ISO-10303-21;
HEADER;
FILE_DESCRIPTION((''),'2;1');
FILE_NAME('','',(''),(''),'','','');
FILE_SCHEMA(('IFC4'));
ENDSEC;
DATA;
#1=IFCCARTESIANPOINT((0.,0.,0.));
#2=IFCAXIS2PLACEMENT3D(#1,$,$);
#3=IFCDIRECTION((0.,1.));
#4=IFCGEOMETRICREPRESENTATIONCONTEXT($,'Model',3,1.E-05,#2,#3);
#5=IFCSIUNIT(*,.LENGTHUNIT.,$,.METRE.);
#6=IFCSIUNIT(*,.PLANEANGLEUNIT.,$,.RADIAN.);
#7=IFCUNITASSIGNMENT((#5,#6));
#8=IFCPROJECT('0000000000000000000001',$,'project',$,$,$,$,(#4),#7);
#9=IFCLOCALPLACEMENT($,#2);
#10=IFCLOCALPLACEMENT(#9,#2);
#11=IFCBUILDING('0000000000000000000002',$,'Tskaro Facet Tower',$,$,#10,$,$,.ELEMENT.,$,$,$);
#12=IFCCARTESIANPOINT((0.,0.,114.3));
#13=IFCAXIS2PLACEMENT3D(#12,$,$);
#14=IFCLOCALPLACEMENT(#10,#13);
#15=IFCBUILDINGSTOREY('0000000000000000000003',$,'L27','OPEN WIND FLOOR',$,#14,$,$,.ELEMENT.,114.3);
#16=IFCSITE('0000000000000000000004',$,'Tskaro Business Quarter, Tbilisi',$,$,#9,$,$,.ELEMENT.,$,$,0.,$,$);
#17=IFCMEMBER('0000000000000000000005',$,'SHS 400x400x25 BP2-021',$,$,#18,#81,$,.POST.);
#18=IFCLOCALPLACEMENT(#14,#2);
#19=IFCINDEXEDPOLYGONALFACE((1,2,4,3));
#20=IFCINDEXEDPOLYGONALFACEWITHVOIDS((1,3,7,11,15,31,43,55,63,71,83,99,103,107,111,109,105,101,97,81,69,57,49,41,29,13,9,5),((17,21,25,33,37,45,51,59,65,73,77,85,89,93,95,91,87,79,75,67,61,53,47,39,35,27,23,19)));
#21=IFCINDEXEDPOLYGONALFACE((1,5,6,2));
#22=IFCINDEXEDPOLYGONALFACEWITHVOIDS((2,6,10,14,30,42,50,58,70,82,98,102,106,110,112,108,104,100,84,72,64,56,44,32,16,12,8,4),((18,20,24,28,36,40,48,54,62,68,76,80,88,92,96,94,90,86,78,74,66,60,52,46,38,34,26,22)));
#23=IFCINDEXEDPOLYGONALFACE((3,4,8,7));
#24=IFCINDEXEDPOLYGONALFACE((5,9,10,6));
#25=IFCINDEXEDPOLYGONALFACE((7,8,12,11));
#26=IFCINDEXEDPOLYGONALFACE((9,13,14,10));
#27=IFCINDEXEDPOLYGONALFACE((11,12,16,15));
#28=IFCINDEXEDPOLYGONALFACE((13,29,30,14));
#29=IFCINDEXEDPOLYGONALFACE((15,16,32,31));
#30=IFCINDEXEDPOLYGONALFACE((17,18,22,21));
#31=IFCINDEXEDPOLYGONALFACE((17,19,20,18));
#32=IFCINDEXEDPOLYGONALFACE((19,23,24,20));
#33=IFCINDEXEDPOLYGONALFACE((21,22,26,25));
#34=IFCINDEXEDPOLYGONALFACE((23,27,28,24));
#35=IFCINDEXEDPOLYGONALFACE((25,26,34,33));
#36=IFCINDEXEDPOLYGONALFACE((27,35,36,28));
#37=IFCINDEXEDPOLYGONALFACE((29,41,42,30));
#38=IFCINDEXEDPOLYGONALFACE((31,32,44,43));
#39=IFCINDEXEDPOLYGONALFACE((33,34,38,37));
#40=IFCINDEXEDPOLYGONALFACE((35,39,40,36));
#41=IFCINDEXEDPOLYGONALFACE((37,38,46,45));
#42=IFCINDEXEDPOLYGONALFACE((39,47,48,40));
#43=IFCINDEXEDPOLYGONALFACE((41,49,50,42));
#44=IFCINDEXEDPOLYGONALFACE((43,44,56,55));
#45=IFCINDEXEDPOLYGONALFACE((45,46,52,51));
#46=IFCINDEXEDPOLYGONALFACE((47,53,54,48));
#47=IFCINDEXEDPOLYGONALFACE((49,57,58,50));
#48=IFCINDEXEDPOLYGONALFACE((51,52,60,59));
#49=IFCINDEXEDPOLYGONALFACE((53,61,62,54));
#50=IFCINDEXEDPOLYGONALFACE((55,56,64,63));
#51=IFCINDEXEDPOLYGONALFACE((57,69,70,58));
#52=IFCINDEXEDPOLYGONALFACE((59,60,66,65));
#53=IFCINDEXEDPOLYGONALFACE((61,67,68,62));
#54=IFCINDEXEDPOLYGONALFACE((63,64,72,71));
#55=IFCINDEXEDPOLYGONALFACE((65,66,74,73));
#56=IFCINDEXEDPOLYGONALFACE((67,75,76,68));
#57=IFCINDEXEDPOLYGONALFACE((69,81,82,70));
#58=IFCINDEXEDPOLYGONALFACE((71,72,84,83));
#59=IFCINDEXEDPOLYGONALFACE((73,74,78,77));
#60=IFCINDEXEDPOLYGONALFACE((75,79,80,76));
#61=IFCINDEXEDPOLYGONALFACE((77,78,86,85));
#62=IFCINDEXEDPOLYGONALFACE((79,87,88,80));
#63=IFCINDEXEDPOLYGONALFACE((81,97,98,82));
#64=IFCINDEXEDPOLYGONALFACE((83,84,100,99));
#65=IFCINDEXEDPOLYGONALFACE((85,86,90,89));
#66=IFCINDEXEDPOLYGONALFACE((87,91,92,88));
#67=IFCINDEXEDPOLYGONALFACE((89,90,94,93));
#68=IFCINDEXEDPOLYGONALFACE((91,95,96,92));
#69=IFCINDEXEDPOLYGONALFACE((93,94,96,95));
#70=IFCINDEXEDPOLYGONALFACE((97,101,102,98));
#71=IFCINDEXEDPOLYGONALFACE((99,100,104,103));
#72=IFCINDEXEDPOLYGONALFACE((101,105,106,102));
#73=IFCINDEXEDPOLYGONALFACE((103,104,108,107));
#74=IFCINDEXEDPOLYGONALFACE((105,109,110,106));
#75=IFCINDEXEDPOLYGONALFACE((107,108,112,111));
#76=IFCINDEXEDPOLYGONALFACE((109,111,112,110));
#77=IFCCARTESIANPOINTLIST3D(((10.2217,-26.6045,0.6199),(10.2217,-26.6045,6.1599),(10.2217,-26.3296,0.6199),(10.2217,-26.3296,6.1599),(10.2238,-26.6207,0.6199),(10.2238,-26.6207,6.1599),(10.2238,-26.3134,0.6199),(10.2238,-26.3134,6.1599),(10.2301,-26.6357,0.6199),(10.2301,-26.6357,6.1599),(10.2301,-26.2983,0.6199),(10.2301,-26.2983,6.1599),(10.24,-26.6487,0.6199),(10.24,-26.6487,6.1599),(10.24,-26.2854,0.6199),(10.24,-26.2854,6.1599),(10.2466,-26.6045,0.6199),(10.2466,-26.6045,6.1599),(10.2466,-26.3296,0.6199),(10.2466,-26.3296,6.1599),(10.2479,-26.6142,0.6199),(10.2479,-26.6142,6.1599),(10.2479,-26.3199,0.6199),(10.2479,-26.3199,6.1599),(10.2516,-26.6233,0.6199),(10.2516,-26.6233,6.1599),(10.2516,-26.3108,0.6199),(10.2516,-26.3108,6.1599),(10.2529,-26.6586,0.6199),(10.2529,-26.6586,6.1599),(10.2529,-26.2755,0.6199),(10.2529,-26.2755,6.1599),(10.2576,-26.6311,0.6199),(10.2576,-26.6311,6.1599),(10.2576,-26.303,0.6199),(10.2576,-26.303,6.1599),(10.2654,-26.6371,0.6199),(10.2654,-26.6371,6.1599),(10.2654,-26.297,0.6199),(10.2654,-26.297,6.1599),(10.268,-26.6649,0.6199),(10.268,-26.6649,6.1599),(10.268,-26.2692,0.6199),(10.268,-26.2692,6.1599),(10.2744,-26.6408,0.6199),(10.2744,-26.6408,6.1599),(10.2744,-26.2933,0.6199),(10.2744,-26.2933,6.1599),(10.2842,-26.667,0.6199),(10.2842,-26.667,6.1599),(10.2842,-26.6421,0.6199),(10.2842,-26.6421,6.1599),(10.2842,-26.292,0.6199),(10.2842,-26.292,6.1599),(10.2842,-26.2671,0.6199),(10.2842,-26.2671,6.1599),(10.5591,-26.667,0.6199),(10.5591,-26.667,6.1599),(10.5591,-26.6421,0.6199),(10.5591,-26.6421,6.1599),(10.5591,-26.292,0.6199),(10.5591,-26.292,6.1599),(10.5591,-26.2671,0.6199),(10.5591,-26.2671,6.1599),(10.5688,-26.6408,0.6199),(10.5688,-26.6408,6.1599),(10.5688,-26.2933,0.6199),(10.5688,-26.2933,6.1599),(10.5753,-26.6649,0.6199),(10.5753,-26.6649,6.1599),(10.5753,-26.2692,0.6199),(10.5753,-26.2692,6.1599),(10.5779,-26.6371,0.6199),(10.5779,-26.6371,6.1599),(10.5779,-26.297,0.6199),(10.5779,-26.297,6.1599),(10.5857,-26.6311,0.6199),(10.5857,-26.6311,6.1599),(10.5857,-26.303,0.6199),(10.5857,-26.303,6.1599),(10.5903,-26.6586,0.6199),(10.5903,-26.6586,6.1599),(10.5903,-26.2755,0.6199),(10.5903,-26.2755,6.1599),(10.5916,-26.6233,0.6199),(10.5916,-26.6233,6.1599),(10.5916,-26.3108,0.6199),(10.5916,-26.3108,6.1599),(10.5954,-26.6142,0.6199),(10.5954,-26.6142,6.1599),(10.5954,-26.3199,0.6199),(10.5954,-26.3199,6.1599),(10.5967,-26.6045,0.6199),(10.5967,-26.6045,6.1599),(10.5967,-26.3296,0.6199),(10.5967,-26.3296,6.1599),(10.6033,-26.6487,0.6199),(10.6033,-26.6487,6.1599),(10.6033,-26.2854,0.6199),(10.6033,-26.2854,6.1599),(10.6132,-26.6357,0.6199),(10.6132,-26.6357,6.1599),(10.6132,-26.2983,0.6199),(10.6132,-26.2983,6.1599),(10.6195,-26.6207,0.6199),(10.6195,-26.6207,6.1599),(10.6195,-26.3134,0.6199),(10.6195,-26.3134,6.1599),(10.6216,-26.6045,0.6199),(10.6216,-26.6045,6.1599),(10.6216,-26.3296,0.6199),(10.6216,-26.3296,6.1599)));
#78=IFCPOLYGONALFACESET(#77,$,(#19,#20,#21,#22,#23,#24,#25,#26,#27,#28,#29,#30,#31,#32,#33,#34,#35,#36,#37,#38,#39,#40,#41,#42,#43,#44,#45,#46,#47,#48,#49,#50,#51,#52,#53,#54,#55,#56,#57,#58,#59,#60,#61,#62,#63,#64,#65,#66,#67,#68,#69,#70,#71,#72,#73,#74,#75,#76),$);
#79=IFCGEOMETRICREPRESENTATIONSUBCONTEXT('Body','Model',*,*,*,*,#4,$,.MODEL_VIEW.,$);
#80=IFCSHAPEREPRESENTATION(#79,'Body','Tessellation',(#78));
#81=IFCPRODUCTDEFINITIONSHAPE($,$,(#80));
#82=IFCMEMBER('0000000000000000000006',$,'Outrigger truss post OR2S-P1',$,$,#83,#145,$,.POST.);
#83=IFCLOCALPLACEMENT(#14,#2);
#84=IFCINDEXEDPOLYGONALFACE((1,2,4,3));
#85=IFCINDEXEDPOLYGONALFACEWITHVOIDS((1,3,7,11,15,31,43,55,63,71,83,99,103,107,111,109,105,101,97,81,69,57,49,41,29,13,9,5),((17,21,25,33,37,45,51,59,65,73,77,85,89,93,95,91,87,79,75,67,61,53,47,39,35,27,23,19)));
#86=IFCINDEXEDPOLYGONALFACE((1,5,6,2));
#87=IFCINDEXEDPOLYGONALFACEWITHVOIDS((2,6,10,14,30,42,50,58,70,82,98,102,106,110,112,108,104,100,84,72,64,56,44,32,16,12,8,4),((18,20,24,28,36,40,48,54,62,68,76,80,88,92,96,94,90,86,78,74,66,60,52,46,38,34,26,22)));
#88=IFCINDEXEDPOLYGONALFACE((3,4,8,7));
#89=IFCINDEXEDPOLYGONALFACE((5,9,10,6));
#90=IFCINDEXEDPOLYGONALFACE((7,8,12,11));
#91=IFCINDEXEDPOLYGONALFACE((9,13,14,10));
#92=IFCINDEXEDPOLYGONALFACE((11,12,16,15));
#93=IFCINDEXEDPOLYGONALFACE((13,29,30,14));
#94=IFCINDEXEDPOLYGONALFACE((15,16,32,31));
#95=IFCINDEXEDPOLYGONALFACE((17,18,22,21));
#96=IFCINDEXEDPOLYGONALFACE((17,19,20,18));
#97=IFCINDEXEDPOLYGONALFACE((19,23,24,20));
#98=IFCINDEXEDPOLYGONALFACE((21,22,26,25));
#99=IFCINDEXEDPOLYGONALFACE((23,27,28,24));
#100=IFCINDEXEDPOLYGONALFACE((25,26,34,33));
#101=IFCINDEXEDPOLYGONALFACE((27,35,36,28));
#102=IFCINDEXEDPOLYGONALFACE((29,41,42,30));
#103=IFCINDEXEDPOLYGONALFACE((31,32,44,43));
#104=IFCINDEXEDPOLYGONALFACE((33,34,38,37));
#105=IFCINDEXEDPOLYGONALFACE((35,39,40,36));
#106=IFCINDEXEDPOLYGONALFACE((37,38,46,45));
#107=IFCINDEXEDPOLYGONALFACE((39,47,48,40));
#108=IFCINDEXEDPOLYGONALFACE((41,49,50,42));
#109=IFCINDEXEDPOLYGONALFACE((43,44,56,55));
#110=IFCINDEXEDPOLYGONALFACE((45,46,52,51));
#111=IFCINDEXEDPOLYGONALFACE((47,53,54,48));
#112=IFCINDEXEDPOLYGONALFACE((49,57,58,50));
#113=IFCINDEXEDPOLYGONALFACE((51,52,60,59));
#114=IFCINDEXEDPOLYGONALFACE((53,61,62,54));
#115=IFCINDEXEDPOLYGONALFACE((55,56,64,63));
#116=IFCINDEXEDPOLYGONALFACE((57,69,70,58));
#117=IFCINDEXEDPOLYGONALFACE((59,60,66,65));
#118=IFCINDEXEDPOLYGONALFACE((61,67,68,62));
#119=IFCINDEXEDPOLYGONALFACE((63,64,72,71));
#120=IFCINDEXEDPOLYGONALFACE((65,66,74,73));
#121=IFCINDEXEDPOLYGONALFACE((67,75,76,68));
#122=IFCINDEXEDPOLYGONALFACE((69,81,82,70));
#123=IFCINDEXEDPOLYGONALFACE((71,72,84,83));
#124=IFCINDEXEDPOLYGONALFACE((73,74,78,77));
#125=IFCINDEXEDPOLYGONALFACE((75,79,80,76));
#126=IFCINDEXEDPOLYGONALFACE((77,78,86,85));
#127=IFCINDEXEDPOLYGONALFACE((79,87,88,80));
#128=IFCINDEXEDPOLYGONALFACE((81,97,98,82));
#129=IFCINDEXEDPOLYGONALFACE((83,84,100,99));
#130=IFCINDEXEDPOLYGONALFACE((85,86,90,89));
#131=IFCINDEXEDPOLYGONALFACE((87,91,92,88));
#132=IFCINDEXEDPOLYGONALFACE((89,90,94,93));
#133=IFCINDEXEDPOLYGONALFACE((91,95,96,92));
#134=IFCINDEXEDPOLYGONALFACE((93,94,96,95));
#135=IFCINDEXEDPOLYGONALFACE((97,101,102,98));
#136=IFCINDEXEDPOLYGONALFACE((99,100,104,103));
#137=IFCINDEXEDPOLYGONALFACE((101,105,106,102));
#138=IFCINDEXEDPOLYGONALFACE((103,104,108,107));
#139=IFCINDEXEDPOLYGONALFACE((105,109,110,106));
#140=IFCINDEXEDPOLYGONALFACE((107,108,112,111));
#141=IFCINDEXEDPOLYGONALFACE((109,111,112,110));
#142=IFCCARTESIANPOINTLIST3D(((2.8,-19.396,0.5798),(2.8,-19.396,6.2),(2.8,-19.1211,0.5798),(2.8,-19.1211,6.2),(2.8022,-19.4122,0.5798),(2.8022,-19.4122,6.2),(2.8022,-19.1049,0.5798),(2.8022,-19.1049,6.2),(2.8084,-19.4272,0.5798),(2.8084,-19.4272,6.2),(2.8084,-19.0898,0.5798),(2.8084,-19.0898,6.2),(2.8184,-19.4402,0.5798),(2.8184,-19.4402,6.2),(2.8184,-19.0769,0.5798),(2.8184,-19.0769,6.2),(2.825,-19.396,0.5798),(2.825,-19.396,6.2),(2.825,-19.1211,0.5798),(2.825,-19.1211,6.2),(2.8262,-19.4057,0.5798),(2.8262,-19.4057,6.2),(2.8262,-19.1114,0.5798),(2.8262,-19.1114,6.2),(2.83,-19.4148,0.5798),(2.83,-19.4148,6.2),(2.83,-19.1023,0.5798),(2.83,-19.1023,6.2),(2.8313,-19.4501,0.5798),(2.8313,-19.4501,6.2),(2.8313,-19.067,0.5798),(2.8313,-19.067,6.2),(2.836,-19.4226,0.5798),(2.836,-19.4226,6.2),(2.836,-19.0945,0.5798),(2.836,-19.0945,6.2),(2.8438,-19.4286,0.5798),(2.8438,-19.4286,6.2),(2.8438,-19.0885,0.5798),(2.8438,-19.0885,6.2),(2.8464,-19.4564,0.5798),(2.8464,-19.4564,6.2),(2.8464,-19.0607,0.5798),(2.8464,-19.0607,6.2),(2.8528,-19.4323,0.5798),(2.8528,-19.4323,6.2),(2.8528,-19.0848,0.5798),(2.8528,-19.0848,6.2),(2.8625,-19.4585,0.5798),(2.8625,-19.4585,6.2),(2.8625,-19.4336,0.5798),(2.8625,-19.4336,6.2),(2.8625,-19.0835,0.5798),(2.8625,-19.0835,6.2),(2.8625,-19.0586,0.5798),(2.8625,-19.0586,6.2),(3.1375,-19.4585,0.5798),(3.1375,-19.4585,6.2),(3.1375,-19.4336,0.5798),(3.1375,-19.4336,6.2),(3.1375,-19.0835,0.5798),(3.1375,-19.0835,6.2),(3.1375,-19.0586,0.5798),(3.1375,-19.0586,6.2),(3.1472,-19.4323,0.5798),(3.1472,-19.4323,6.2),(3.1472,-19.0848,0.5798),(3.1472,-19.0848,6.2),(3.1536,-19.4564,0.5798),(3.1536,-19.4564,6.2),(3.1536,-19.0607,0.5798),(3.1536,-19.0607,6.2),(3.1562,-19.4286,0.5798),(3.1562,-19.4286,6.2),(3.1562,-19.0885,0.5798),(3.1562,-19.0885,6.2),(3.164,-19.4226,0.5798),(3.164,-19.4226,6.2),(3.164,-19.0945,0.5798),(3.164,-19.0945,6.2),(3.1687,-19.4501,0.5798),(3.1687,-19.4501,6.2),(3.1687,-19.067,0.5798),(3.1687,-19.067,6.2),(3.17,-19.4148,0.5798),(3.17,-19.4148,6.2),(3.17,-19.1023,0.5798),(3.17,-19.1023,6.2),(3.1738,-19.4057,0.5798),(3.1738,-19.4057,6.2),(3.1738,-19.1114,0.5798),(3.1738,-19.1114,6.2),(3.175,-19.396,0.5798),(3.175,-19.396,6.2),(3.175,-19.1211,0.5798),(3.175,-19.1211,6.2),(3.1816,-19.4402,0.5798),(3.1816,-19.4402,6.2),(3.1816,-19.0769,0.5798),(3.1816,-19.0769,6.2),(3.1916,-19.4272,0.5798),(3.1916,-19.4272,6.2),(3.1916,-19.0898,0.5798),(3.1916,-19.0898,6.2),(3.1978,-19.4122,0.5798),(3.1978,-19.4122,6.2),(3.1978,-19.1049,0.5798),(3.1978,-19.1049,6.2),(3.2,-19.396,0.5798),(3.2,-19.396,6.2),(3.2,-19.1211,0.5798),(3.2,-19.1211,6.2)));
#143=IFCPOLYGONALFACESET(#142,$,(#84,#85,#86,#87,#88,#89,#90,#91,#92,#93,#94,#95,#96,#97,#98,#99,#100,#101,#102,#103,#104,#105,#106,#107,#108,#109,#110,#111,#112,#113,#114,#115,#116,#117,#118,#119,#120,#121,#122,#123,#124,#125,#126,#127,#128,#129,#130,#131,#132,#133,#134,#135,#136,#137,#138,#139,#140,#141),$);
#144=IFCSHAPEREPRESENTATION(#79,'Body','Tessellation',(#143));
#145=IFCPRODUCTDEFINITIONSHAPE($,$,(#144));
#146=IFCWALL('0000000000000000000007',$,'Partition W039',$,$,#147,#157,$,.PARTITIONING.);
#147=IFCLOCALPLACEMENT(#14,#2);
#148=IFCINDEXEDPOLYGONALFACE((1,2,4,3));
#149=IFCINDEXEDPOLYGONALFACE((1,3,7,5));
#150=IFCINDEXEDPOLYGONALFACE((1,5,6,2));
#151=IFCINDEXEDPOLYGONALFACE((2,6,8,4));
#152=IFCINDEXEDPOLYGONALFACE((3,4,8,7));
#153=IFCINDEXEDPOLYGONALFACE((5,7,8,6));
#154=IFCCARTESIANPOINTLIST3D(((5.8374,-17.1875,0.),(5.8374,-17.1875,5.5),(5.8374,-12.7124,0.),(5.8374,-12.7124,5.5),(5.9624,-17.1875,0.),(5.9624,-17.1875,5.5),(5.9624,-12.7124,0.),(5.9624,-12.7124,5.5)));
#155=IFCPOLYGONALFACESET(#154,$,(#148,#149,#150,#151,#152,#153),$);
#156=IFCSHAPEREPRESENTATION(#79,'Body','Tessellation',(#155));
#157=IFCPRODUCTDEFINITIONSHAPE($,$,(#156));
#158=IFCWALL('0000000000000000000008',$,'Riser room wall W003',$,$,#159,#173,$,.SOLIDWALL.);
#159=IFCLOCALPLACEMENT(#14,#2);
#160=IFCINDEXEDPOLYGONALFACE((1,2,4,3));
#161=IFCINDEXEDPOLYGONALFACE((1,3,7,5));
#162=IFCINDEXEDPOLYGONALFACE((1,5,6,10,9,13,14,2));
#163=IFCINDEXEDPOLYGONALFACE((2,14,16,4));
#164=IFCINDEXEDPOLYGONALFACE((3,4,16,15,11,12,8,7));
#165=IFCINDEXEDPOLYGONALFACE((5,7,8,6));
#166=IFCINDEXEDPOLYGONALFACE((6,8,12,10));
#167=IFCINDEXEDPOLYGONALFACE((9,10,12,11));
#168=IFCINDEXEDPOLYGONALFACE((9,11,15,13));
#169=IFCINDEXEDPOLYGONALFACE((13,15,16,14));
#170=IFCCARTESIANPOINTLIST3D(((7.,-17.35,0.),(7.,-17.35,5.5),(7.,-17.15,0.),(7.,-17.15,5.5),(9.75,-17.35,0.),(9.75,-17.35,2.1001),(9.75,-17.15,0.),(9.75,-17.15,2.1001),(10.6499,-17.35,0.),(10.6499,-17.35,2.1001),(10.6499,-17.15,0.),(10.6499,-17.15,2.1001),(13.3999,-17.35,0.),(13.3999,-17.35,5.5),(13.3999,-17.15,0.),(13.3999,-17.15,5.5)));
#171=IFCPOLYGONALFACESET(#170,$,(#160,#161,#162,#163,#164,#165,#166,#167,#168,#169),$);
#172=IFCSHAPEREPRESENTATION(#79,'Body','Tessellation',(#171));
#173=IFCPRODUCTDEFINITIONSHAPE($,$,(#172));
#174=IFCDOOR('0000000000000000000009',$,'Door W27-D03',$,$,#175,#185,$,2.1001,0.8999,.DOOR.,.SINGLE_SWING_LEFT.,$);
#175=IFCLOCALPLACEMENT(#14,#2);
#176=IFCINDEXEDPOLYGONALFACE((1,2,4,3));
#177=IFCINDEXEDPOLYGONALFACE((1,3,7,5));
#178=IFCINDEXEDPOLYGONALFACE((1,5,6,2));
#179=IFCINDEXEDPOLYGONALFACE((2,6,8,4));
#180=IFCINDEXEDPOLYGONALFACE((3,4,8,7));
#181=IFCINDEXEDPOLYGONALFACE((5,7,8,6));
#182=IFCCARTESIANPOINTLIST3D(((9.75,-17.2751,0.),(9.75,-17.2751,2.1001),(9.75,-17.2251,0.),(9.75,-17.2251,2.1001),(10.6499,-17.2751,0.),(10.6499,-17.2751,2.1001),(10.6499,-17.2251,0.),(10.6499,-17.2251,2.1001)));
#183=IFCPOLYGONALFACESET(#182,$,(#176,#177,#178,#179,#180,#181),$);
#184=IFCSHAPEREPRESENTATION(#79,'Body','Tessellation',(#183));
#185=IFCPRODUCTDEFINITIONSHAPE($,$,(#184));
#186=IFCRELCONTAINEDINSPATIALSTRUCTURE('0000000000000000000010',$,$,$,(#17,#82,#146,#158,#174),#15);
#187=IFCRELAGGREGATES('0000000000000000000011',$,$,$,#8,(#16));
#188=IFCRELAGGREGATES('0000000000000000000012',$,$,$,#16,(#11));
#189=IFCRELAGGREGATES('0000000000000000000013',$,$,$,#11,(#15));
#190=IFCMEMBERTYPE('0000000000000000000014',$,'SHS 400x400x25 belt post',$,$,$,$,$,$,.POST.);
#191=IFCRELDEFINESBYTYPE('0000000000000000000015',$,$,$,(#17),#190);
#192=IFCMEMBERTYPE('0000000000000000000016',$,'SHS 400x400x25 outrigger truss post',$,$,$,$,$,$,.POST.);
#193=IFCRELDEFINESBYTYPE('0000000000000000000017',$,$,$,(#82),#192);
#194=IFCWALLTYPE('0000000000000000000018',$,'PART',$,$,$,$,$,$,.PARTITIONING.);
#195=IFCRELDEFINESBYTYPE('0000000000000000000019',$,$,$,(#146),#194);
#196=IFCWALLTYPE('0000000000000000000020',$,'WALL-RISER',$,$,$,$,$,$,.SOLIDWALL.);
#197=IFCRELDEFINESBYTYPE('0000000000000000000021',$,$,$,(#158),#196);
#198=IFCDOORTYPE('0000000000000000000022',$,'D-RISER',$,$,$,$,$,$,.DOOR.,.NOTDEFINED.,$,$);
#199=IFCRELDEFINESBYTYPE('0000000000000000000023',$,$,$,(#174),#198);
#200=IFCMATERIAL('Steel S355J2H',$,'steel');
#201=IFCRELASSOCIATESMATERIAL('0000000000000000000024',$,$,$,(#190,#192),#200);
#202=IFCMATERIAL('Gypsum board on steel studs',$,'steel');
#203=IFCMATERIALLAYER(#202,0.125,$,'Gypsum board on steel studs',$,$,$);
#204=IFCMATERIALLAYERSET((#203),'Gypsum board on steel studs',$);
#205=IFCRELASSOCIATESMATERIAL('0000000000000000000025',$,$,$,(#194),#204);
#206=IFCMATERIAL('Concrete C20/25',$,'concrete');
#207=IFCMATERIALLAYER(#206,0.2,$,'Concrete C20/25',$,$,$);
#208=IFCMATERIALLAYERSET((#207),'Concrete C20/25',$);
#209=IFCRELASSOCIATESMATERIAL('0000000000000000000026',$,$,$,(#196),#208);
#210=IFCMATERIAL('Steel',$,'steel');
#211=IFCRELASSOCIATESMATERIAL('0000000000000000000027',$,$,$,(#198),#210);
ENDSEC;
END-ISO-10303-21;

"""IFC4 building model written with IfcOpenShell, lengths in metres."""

from ifc_helpers import new_model, si_unit, direction, frame, frame_2d, origin, origin_2d, place, context, subcontext, project, spatial, rectangle, hollow_rectangle, extrude, material, layer, layer_set, material_profile, profile_set, type_object, element, fill, save


model = new_model("IFC4")

# Units and contexts
model_context = context("Model", 3, precision=1e-05, world=origin(), true_north=direction((0.0, 1.0)))
body_context = subcontext(model_context, "Body", "Model", "MODEL_VIEW")
ifc_project = project(units=[si_unit("LENGTHUNIT", "METRE"), si_unit("PLANEANGLEUNIT", "RADIAN")], contexts=[model_context])

# Site, building, storey
site_placement = place(None, origin())
site = spatial("IfcSite", under=ifc_project, at=site_placement, Name="Tskaro Business Quarter, Tbilisi", CompositionType="ELEMENT", RefElevation=0.0)
building_placement = place(site_placement, origin())
building = spatial("IfcBuilding", under=site, at=building_placement, Name="Tskaro Facet Tower", CompositionType="ELEMENT")
storey_placement = place(building_placement, frame((0.0, 0.0, 114.3)))
storey = spatial("IfcBuildingStorey", under=building, at=storey_placement, Name="L27", Description="OPEN WIND FLOOR", CompositionType="ELEMENT", Elevation=114.3)

# Shared definitions
ifc_material_1 = material(Name="Steel S355J2H", Category="steel")

# Members
ifc_material_profile_1 = material_profile(ifc_material_1, hollow_rectangle(XDim=0.3999, YDim=0.3999, WallThickness=0.0249, InnerFilletRadius=0.0376, OuterFilletRadius=0.0625, at=origin_2d()), Name="SHS 400x400x25")
ifc_profile_set_1 = profile_set([ifc_material_profile_1], Name="Steel S355J2H")
member_type_1 = type_object("IfcMemberType", Name="SHS 400x400x25 belt post", PredefinedType="POST", material=ifc_profile_set_1)
member_1_placement = place(storey_placement, frame((10.4216, -26.467, 0.6199), z_axis=(0.0, 0.0, 1.0), x_axis=(1.0, 0.0, 0.0)))
element("IfcMember", 1, at=member_1_placement, inside=storey, type_object=member_type_1, Name="SHS 400x400x25 BP2-021", PredefinedType="POST", context=body_context, shape_type="SweptSolid", body=[
    extrude(hollow_rectangle(XDim=0.3999, YDim=0.3999, WallThickness=0.0249, InnerFilletRadius=0.0376, OuterFilletRadius=0.0625, at=origin_2d()), origin(), (0.0, 0.0, 1.0), 5.54),
])
ifc_material_profile_2 = material_profile(ifc_material_1, hollow_rectangle(XDim=0.3999, YDim=0.3999, WallThickness=0.0249, InnerFilletRadius=0.0376, OuterFilletRadius=0.0625, at=origin_2d()), Name="SHS 400x400x25")
ifc_profile_set_2 = profile_set([ifc_material_profile_2], Name="Steel S355J2H")
member_type_2 = type_object("IfcMemberType", Name="SHS 400x400x25 outrigger truss post", PredefinedType="POST", material=ifc_profile_set_2)
member_2_placement = place(storey_placement, frame((3.0, -19.2585, 0.5798), z_axis=(0.0, 0.0, 1.0), x_axis=(1.0, 0.0, 0.0)))
element("IfcMember", 2, at=member_2_placement, inside=storey, type_object=member_type_2, Name="Outrigger truss post OR2S-P1", PredefinedType="POST", context=body_context, shape_type="SweptSolid", body=[
    extrude(hollow_rectangle(XDim=0.3999, YDim=0.3999, WallThickness=0.0249, InnerFilletRadius=0.0376, OuterFilletRadius=0.0625, at=origin_2d()), origin(), (0.0, 0.0, 1.0), 5.6201),
])

# Wall
ifc_material_2 = material(Name="Gypsum board on steel studs", Category="steel")
ifc_layer_1 = layer(ifc_material_2, 0.125, Name="Gypsum board on steel studs")
ifc_layer_set_1 = layer_set([ifc_layer_1], Name="Gypsum board on steel studs")
wall_type_1 = type_object("IfcWallType", Name="PART", PredefinedType="PARTITIONING", material=ifc_layer_set_1)
wall_1_placement = place(storey_placement, frame((5.8999, -17.1875, 0.0), z_axis=(0.0, 0.0, 1.0), x_axis=(0.0, 1.0, 0.0)))
element("IfcWall", 3, at=wall_1_placement, inside=storey, type_object=wall_type_1, Name="Partition W039", PredefinedType="PARTITIONING", context=body_context, shape_type="SweptSolid", body=[
    extrude(rectangle(XDim=4.4751, YDim=0.125, at=frame_2d((2.2375, 0.0))), origin(), (0.0, 0.0, 1.0), 5.5),
])

# Wall, opening, door
ifc_material_3 = material(Name="Concrete C20/25", Category="concrete")
ifc_layer_2 = layer(ifc_material_3, 0.2, Name="Concrete C20/25")
ifc_layer_set_2 = layer_set([ifc_layer_2], Name="Concrete C20/25")
wall_type_2 = type_object("IfcWallType", Name="WALL-RISER", PredefinedType="SOLIDWALL", material=ifc_layer_set_2)
wall_2_placement = place(storey_placement, frame((7.0, -17.25, 0.0), z_axis=(0.0, 0.0, 1.0), x_axis=(1.0, 0.0, 0.0)))
wall_2 = element("IfcWall", 4, at=wall_2_placement, inside=storey, type_object=wall_type_2, Name="Riser room wall W003", PredefinedType="SOLIDWALL", context=body_context, shape_type="SweptSolid", body=[
    extrude(rectangle(XDim=6.3999, YDim=0.2, at=frame_2d((3.2, 0.0))), origin(), (0.0, 0.0, 1.0), 5.5),
])
opening_placement = place(wall_2_placement, frame((2.75, 0.0, 0.0)))
opening = element("IfcOpeningElement", 5, at=opening_placement, cuts=wall_2, PredefinedType="OPENING", context=body_context, shape_type="SweptSolid", body=[
    extrude(rectangle(XDim=0.8999, YDim=2.1001, at=frame_2d((0.45, 1.05))), frame((0.0, 0.1099, 0.0), z_axis=(0.0, -1.0, 0.0), x_axis=(1.0, 0.0, 0.0)), (0.0, 0.0, 1.0), 0.22),
])
ifc_material_4 = material(Name="Steel", Category="steel")
door_type = type_object("IfcDoorType", Name="D-RISER", OperationType="NOTDEFINED", PredefinedType="DOOR", material=ifc_material_4)
door_placement = place(opening_placement, origin())
door = element("IfcDoor", 6, at=door_placement, inside=storey, type_object=door_type, Name="Door W27-D03", OperationType="SINGLE_SWING_LEFT", OverallHeight=2.1001, OverallWidth=0.8999, PredefinedType="DOOR", context=body_context, shape_type="SweptSolid", body=[
    extrude(rectangle(XDim=0.8999, YDim=2.1001, at=frame_2d((0.45, 1.05))), frame((0.0, 0.0249, 0.0), z_axis=(0.0, -1.0, 0.0), x_axis=(1.0, 0.0, 0.0)), (0.0, 0.0, 1.0), 0.05),
])
fill(opening, door)

save(model, "model.ifc")
